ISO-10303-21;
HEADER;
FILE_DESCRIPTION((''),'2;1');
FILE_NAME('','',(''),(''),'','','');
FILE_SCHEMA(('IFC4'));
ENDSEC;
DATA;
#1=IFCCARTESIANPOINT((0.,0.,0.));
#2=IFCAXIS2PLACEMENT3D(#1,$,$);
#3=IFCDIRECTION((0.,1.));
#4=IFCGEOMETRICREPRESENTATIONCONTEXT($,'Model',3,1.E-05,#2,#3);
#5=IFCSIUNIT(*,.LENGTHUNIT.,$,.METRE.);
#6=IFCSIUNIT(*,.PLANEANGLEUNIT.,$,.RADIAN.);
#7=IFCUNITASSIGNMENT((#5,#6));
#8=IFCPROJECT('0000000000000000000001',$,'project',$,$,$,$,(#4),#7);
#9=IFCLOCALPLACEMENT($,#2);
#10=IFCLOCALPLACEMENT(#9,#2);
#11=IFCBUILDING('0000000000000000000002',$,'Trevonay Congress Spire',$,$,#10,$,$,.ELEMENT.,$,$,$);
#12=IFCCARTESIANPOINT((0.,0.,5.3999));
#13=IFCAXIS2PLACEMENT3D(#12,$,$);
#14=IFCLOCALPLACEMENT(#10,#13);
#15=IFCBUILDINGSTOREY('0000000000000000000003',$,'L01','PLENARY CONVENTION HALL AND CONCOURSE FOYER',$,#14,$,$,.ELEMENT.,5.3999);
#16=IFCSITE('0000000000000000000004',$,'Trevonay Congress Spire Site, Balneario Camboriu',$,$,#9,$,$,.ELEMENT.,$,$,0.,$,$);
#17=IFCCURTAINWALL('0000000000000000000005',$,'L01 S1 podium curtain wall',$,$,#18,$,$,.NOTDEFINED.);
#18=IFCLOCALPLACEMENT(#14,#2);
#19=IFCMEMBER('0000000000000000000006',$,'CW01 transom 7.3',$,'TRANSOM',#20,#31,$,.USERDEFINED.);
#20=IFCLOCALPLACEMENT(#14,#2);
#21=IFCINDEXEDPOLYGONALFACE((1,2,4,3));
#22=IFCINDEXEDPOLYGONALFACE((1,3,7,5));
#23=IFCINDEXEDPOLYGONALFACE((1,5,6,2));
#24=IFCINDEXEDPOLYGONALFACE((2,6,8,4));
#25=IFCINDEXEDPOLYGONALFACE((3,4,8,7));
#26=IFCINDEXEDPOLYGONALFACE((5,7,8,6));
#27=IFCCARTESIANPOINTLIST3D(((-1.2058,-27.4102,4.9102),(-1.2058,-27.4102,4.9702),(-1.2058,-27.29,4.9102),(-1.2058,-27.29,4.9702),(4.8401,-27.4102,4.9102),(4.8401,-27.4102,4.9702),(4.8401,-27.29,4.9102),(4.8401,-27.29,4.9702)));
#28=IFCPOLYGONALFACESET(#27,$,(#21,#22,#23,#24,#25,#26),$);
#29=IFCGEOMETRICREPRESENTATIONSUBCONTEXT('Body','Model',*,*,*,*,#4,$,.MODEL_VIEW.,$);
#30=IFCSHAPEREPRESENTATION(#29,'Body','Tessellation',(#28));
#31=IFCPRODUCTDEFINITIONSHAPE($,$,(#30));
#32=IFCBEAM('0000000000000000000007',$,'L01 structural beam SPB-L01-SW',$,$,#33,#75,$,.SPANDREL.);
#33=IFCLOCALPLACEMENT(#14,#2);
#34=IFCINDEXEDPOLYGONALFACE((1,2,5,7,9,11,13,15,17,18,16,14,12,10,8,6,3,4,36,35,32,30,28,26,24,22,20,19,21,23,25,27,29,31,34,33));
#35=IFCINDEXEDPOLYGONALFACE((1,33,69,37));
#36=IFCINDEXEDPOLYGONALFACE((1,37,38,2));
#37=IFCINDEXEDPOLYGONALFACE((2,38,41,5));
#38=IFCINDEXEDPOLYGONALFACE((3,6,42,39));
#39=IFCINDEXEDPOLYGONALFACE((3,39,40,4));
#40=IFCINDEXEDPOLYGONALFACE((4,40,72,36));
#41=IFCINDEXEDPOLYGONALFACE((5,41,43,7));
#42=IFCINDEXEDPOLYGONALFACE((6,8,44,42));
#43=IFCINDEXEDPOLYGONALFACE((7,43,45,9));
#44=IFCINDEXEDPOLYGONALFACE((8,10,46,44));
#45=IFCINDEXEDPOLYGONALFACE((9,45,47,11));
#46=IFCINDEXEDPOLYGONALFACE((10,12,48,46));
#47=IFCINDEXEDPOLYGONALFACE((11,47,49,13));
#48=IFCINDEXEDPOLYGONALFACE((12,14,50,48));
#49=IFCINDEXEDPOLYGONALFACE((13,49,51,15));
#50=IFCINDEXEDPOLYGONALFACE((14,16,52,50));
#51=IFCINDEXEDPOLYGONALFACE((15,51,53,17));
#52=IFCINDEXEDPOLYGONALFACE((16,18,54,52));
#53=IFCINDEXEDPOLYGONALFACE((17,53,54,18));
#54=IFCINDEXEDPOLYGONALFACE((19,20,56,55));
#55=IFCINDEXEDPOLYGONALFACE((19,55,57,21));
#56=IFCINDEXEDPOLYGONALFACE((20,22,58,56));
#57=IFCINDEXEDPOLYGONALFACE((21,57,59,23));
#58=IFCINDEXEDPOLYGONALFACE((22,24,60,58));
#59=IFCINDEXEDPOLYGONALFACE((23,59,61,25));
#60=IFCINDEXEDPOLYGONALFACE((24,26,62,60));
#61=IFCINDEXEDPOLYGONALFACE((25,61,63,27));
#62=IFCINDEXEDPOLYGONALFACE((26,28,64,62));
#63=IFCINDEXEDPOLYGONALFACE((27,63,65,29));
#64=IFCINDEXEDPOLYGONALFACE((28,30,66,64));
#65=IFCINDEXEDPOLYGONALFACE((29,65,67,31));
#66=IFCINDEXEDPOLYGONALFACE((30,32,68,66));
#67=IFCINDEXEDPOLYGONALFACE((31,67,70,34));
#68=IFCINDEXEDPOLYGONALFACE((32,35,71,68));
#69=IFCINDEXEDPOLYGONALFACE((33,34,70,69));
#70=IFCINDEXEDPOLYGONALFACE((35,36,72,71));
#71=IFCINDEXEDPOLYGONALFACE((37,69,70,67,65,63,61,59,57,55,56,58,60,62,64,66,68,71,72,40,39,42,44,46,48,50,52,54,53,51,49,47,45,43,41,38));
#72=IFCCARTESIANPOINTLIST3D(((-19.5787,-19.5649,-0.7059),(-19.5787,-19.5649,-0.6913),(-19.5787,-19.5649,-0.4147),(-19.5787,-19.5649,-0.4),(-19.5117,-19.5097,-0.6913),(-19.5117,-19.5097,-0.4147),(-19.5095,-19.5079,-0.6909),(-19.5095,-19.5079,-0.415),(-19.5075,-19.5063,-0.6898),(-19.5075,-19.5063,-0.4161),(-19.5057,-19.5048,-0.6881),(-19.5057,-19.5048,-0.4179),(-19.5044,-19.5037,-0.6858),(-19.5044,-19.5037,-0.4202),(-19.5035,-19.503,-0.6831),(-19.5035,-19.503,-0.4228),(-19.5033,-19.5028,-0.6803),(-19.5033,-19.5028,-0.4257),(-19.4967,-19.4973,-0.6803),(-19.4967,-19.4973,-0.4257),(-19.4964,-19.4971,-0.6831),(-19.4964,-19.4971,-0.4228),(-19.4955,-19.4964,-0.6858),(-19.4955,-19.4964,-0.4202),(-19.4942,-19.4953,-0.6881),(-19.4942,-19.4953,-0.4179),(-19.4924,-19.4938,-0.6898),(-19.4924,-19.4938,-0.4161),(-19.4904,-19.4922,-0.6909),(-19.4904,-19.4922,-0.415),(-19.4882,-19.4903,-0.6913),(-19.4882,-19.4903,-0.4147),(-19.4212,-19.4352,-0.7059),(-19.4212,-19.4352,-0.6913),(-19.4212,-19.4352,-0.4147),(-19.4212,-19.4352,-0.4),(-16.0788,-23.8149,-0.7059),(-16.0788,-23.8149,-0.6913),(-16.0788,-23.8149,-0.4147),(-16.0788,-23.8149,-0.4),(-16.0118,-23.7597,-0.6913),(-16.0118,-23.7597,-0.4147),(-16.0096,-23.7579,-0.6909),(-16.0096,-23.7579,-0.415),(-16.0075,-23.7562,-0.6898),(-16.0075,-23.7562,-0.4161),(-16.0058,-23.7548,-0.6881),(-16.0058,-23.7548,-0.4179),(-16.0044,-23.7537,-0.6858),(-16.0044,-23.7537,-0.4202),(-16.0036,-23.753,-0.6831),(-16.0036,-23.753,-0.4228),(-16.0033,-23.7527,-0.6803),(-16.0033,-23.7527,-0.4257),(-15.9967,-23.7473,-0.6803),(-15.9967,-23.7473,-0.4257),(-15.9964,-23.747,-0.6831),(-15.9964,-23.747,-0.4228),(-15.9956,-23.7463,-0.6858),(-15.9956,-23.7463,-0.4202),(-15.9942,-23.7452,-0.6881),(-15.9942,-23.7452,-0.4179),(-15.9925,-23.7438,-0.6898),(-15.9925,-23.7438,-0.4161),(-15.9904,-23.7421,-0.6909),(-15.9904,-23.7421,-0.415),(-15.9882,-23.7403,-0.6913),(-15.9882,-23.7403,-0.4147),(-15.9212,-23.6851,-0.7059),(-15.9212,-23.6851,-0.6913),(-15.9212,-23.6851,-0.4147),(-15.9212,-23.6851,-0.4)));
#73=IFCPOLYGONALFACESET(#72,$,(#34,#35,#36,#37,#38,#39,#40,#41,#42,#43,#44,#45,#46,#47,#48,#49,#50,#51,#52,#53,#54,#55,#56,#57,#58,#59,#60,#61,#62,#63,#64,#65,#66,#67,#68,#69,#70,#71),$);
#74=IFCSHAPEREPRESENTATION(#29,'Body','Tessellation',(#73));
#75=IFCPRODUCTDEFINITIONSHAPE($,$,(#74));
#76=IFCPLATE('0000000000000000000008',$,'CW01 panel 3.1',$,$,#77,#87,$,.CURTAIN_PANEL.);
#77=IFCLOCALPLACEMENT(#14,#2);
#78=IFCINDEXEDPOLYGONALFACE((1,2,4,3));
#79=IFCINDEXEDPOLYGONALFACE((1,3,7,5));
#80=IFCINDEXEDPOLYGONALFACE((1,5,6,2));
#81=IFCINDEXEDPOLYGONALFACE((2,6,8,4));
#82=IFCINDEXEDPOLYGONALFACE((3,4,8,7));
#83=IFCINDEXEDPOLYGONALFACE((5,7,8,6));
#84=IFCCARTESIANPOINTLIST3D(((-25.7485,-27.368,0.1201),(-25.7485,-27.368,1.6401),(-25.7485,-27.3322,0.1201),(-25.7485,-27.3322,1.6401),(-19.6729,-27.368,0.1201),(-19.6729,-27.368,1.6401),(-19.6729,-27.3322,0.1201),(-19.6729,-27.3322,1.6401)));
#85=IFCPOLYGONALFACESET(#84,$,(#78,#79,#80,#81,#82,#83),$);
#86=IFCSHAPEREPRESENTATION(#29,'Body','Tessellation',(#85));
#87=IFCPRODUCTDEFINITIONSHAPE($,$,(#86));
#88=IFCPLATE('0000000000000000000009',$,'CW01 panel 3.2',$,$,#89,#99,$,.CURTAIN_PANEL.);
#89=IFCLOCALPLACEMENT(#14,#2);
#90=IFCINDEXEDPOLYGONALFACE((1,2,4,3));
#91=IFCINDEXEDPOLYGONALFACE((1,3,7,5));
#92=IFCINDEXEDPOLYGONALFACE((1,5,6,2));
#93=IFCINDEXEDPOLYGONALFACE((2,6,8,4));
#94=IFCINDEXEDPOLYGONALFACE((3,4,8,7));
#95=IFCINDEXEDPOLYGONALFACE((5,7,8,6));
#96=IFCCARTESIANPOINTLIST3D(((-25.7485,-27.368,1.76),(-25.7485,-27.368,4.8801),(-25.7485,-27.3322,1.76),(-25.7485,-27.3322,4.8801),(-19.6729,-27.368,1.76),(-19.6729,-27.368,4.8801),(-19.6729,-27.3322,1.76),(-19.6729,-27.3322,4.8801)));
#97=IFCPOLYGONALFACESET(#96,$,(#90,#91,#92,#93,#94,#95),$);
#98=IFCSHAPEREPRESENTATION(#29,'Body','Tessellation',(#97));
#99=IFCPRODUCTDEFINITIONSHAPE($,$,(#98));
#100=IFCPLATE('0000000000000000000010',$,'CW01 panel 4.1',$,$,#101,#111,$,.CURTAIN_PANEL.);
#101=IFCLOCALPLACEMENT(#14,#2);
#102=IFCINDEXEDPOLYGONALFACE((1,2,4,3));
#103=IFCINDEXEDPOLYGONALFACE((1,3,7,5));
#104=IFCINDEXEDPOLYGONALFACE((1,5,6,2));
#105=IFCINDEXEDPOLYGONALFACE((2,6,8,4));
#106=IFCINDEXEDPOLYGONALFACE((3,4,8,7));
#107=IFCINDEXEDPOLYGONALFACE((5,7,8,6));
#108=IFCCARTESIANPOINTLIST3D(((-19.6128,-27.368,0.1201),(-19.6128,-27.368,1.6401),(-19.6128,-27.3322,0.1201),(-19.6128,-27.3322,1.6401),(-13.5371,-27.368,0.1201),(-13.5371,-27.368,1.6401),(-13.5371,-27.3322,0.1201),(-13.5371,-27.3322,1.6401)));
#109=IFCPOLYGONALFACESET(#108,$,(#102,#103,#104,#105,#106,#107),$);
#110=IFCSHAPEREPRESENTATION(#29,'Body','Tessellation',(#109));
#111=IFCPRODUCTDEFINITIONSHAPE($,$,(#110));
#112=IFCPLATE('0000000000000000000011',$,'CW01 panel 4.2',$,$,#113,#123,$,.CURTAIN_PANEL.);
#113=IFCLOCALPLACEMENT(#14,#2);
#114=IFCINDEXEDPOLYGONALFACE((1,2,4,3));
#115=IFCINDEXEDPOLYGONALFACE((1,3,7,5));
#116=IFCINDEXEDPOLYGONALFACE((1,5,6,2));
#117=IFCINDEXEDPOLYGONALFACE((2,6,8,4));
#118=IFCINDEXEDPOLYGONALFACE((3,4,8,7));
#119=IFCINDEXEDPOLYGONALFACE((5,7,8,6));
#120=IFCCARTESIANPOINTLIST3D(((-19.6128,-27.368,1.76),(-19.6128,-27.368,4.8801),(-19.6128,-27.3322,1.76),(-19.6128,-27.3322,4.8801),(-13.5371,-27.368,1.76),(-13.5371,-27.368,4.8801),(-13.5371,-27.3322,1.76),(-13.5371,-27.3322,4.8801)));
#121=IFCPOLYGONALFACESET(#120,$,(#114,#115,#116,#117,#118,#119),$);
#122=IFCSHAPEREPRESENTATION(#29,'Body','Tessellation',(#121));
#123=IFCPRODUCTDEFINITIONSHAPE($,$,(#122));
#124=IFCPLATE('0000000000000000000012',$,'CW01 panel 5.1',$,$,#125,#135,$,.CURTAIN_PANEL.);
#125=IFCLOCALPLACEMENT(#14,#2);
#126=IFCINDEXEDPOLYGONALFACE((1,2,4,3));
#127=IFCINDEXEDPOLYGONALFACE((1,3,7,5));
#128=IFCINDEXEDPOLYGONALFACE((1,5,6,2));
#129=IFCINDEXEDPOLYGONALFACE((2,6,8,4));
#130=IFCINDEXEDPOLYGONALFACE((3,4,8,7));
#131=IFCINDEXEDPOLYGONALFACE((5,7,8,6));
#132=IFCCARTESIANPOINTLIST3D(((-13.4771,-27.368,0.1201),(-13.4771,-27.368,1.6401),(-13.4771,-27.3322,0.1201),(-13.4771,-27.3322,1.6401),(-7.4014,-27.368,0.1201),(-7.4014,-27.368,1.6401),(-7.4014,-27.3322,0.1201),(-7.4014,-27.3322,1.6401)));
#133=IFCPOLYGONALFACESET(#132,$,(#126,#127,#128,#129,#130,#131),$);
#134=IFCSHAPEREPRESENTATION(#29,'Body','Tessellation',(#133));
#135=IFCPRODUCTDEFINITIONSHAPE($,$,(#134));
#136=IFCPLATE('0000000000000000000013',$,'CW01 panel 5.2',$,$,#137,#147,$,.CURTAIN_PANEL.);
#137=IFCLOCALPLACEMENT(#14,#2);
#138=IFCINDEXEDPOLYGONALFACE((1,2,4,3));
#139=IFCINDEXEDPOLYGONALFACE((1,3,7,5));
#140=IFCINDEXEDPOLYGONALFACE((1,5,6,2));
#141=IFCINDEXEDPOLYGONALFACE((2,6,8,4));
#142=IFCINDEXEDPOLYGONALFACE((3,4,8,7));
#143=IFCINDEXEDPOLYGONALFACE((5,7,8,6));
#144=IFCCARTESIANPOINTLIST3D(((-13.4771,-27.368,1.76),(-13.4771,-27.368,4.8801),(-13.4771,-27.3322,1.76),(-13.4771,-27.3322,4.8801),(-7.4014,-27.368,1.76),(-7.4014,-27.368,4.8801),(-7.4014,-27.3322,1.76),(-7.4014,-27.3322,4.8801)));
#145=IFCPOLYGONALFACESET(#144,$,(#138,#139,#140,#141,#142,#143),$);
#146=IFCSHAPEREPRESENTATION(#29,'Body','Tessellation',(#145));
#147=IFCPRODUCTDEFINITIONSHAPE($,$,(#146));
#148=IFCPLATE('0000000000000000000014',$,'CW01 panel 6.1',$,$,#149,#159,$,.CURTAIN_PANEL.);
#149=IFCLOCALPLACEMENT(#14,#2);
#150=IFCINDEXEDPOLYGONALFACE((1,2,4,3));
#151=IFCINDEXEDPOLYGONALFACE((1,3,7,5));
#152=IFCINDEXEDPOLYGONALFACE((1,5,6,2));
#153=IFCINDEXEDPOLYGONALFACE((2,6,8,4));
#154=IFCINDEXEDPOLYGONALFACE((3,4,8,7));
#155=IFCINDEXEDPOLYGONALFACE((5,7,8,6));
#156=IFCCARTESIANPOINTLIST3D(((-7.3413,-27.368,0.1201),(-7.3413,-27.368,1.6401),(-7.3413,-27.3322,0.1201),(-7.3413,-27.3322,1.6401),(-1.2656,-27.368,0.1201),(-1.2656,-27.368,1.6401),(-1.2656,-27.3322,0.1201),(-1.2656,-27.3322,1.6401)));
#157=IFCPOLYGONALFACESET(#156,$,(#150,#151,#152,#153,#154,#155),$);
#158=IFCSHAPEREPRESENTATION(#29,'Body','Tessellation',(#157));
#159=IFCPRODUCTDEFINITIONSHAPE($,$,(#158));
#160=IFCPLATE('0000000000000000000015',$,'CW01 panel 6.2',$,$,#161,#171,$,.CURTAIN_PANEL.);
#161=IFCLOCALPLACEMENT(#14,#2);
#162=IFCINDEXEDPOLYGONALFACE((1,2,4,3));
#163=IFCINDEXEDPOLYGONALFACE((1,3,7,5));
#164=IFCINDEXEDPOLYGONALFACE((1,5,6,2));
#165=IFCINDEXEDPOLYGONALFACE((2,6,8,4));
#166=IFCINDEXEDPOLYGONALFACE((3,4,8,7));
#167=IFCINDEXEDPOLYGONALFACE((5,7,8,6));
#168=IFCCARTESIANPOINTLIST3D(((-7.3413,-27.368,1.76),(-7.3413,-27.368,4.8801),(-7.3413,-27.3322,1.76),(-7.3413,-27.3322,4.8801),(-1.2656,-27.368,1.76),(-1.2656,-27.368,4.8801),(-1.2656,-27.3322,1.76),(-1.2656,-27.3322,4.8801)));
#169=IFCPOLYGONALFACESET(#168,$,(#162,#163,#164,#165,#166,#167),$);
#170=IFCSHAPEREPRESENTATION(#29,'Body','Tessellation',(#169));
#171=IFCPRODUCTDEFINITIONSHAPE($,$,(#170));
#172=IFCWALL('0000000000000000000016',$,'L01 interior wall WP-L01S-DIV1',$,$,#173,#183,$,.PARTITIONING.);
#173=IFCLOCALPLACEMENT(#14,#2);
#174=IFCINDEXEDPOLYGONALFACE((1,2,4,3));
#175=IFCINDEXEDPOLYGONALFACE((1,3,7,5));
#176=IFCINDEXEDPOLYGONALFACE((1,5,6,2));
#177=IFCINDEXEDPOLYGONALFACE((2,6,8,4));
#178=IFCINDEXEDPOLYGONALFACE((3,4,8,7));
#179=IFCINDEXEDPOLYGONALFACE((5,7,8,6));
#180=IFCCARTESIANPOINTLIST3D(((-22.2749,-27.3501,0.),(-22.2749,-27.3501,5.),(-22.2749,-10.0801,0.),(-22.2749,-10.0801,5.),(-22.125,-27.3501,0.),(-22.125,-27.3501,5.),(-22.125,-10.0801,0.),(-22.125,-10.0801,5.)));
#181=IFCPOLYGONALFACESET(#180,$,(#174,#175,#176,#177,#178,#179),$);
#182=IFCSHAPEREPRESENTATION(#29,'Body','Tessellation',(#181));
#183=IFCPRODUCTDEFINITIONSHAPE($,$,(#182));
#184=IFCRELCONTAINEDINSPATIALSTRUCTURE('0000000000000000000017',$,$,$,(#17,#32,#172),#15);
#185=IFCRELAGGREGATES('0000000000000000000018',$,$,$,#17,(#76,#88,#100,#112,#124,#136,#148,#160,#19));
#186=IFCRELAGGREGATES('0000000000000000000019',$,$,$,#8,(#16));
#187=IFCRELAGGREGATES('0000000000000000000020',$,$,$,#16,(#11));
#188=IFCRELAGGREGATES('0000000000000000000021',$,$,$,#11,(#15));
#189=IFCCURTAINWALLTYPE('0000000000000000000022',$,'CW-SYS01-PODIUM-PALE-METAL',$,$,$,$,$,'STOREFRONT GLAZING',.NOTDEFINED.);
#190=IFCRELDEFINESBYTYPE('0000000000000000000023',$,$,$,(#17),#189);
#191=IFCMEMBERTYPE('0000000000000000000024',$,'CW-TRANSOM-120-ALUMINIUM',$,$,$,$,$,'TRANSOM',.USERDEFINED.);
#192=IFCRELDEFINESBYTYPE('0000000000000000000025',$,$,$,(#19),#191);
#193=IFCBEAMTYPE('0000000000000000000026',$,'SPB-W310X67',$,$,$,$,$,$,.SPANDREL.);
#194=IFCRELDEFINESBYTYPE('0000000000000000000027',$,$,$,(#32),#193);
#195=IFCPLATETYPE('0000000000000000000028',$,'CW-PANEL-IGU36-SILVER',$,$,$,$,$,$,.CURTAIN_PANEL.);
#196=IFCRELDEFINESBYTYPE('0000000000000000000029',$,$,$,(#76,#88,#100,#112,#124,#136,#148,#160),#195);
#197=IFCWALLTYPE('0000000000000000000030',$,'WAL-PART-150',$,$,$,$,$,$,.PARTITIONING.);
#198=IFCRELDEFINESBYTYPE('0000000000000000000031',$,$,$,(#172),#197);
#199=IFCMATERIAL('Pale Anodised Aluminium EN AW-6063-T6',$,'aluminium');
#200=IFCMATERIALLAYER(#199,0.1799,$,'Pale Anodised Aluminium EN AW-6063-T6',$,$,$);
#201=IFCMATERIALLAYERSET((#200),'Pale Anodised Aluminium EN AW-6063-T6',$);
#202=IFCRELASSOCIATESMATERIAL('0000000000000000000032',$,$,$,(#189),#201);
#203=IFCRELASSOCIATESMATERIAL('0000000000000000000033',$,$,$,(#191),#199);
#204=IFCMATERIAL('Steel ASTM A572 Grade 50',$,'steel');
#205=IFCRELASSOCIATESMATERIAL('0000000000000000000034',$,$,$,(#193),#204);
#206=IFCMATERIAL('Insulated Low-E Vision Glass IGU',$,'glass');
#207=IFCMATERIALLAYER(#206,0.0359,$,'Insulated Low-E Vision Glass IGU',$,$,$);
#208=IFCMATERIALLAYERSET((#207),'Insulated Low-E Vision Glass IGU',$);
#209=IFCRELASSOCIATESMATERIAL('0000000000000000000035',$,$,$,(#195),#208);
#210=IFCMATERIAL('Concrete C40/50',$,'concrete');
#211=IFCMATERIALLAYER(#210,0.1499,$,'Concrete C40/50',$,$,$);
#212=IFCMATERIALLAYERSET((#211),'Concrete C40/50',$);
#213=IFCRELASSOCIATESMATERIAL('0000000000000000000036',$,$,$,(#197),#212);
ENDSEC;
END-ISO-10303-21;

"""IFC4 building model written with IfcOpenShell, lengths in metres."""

from ifc_helpers import new_model, si_unit, direction, frame, frame_2d, origin, origin_2d, place, context, subcontext, project, spatial, rectangle, i_section, extrude, material, layer, layer_set, material_profile, profile_set, type_object, element, aggregate, save


model = new_model("IFC4")

# Units and contexts
model_context = context("Model", 3, precision=1e-05, world=origin(), true_north=direction((0.0, 1.0)))
body_context = subcontext(model_context, "Body", "Model", "MODEL_VIEW")
ifc_project = project(units=[si_unit("LENGTHUNIT", "METRE"), si_unit("PLANEANGLEUNIT", "RADIAN")], contexts=[model_context])

# Site, building, storey
site_placement = place(None, origin())
site = spatial("IfcSite", under=ifc_project, at=site_placement, Name="Trevonay Congress Spire Site, Balneario Camboriu", CompositionType="ELEMENT", RefElevation=0.0)
building_placement = place(site_placement, origin())
building = spatial("IfcBuilding", under=site, at=building_placement, Name="Trevonay Congress Spire", CompositionType="ELEMENT")
storey_placement = place(building_placement, frame((0.0, 0.0, 5.3999)))
storey = spatial("IfcBuildingStorey", under=building, at=storey_placement, Name="L01", Description="PLENARY CONVENTION HALL AND CONCOURSE FOYER", CompositionType="ELEMENT", Elevation=5.3999)

# Shared definitions
ifc_material_1 = material(Name="Steel ASTM A572 Grade 50", Category="steel")

# Curtain wall, member
ifc_material_2 = material(Name="Pale Anodised Aluminium EN AW-6063-T6", Category="aluminium")
ifc_layer_1 = layer(ifc_material_2, 0.1799, Name="Pale Anodised Aluminium EN AW-6063-T6")
ifc_layer_set_1 = layer_set([ifc_layer_1], Name="Pale Anodised Aluminium EN AW-6063-T6")
curtain_wall_type = type_object("IfcCurtainWallType", Name="CW-SYS01-PODIUM-PALE-METAL", ElementType="STOREFRONT GLAZING", PredefinedType="NOTDEFINED", material=ifc_layer_set_1)
curtain_wall_placement = place(storey_placement, origin())
curtain_wall = element("IfcCurtainWall", 1, at=curtain_wall_placement, inside=storey, type_object=curtain_wall_type, Name="L01 S1 podium curtain wall", PredefinedType="NOTDEFINED")
ifc_material_profile_1 = material_profile(ifc_material_2, rectangle(XDim=0.1201, YDim=0.0601, at=origin_2d()), Name="CW-TRANSOM-120-ALUMINIUM")
ifc_profile_set_1 = profile_set([ifc_material_profile_1], Name="Pale Anodised Aluminium EN AW-6063-T6")
member_type_1 = type_object("IfcMemberType", Name="CW-TRANSOM-120-ALUMINIUM", ElementType="TRANSOM", PredefinedType="USERDEFINED", material=ifc_profile_set_1)
member_1_placement = place(storey_placement, frame((-1.2058, -27.3501, 4.9402), z_axis=(1.0, 0.0, 0.0), x_axis=(0.0, 1.0, 0.0)))
member_1 = element("IfcMember", 2, at=member_1_placement, type_object=member_type_1, Name="CW01 transom 7.3", ObjectType="TRANSOM", PredefinedType="USERDEFINED", context=body_context, shape_type="SweptSolid", body=[
    extrude(rectangle(XDim=0.1201, YDim=0.0601, at=origin_2d()), origin(), (0.0, 0.0, 1.0), 6.0459),
])

# Beam
ifc_material_profile_2 = material_profile(ifc_material_1, i_section(OverallWidth=0.2041, OverallDepth=0.3059, WebThickness=0.0085, FlangeThickness=0.0146, FilletRadius=0.011, at=origin_2d()), Name="W310x67")
ifc_profile_set_2 = profile_set([ifc_material_profile_2], Name="Steel ASTM A572 Grade 50")
beam_type_1 = type_object("IfcBeamType", Name="SPB-W310X67", PredefinedType="SPANDREL", material=ifc_profile_set_2)
beam_1_placement = place(storey_placement, frame((-16.0, -23.75, -0.553), z_axis=(-0.635707, 0.77193, 0.0), x_axis=(-0.77193, -0.635707, 0.0)))
element("IfcBeam", 3, at=beam_1_placement, inside=storey, type_object=beam_type_1, Name="L01 structural beam SPB-L01-SW", PredefinedType="SPANDREL", context=body_context, shape_type="SweptSolid", body=[
    extrude(i_section(OverallWidth=0.2041, OverallDepth=0.3059, WebThickness=0.0085, FlangeThickness=0.0146, FilletRadius=0.011, at=origin_2d()), origin(), (0.0, 0.0, 1.0), 5.5056),
])

# Plates
ifc_material_3 = material(Name="Insulated Low-E Vision Glass IGU", Category="glass")
ifc_layer_2 = layer(ifc_material_3, 0.0359, Name="Insulated Low-E Vision Glass IGU")
ifc_layer_set_2 = layer_set([ifc_layer_2], Name="Insulated Low-E Vision Glass IGU")
plate_type = type_object("IfcPlateType", Name="CW-PANEL-IGU36-SILVER", PredefinedType="CURTAIN_PANEL", material=ifc_layer_set_2)
plate_1_placement = place(storey_placement, frame((-22.7107, -27.3501, 0.1201), z_axis=(0.0, 0.0, 1.0), x_axis=(1.0, 0.0, 0.0)))
plate_1 = element("IfcPlate", 4, at=plate_1_placement, type_object=plate_type, Name="CW01 panel 3.1", PredefinedType="CURTAIN_PANEL", context=body_context, shape_type="SweptSolid", body=[
    extrude(rectangle(XDim=6.0757, YDim=0.0359, at=origin_2d()), origin(), (0.0, 0.0, 1.0), 1.52),
])
plate_2_placement = place(storey_placement, frame((-22.7107, -27.3501, 1.76), z_axis=(0.0, 0.0, 1.0), x_axis=(1.0, 0.0, 0.0)))
plate_2 = element("IfcPlate", 5, at=plate_2_placement, type_object=plate_type, Name="CW01 panel 3.2", PredefinedType="CURTAIN_PANEL", context=body_context, shape_type="SweptSolid", body=[
    extrude(rectangle(XDim=6.0757, YDim=0.0359, at=origin_2d()), origin(), (0.0, 0.0, 1.0), 3.1201),
])
plate_3_placement = place(storey_placement, frame((-16.575, -27.3501, 0.1201), z_axis=(0.0, 0.0, 1.0), x_axis=(1.0, 0.0, 0.0)))
plate_3 = element("IfcPlate", 6, at=plate_3_placement, type_object=plate_type, Name="CW01 panel 4.1", PredefinedType="CURTAIN_PANEL", context=body_context, shape_type="SweptSolid", body=[
    extrude(rectangle(XDim=6.0757, YDim=0.0359, at=origin_2d()), origin(), (0.0, 0.0, 1.0), 1.52),
])
plate_4_placement = place(storey_placement, frame((-16.575, -27.3501, 1.76), z_axis=(0.0, 0.0, 1.0), x_axis=(1.0, 0.0, 0.0)))
plate_4 = element("IfcPlate", 7, at=plate_4_placement, type_object=plate_type, Name="CW01 panel 4.2", PredefinedType="CURTAIN_PANEL", context=body_context, shape_type="SweptSolid", body=[
    extrude(rectangle(XDim=6.0757, YDim=0.0359, at=origin_2d()), origin(), (0.0, 0.0, 1.0), 3.1201),
])
plate_5_placement = place(storey_placement, frame((-10.4392, -27.3501, 0.1201), z_axis=(0.0, 0.0, 1.0), x_axis=(1.0, 0.0, 0.0)))
plate_5 = element("IfcPlate", 8, at=plate_5_placement, type_object=plate_type, Name="CW01 panel 5.1", PredefinedType="CURTAIN_PANEL", context=body_context, shape_type="SweptSolid", body=[
    extrude(rectangle(XDim=6.0757, YDim=0.0359, at=origin_2d()), origin(), (0.0, 0.0, 1.0), 1.52),
])
plate_6_placement = place(storey_placement, frame((-10.4392, -27.3501, 1.76), z_axis=(0.0, 0.0, 1.0), x_axis=(1.0, 0.0, 0.0)))
plate_6 = element("IfcPlate", 9, at=plate_6_placement, type_object=plate_type, Name="CW01 panel 5.2", PredefinedType="CURTAIN_PANEL", context=body_context, shape_type="SweptSolid", body=[
    extrude(rectangle(XDim=6.0757, YDim=0.0359, at=origin_2d()), origin(), (0.0, 0.0, 1.0), 3.1201),
])
plate_7_placement = place(storey_placement, frame((-4.3035, -27.3501, 0.1201), z_axis=(0.0, 0.0, 1.0), x_axis=(1.0, 0.0, 0.0)))
plate_7 = element("IfcPlate", 10, at=plate_7_placement, type_object=plate_type, Name="CW01 panel 6.1", PredefinedType="CURTAIN_PANEL", context=body_context, shape_type="SweptSolid", body=[
    extrude(rectangle(XDim=6.0757, YDim=0.0359, at=origin_2d()), origin(), (0.0, 0.0, 1.0), 1.52),
])
plate_8_placement = place(storey_placement, frame((-4.3035, -27.3501, 1.76), z_axis=(0.0, 0.0, 1.0), x_axis=(1.0, 0.0, 0.0)))
plate_8 = element("IfcPlate", 11, at=plate_8_placement, type_object=plate_type, Name="CW01 panel 6.2", PredefinedType="CURTAIN_PANEL", context=body_context, shape_type="SweptSolid", body=[
    extrude(rectangle(XDim=6.0757, YDim=0.0359, at=origin_2d()), origin(), (0.0, 0.0, 1.0), 3.1201),
])
aggregate(curtain_wall, [plate_1, plate_2, plate_3, plate_4, plate_5, plate_6, plate_7, plate_8, member_1])

# Wall
ifc_material_4 = material(Name="Concrete C40/50", Category="concrete")
ifc_layer_3 = layer(ifc_material_4, 0.1499, Name="Concrete C40/50")
ifc_layer_set_3 = layer_set([ifc_layer_3], Name="Concrete C40/50")
wall_type = type_object("IfcWallType", Name="WAL-PART-150", PredefinedType="PARTITIONING", material=ifc_layer_set_3)
wall_placement = place(storey_placement, frame((-22.2, -27.3501, 0.0), z_axis=(0.0, 0.0, 1.0), x_axis=(0.0, 1.0, 0.0)))
element("IfcWall", 12, at=wall_placement, inside=storey, type_object=wall_type, Name="L01 interior wall WP-L01S-DIV1", PredefinedType="PARTITIONING", context=body_context, shape_type="SweptSolid", body=[
    extrude(rectangle(XDim=17.27, YDim=0.1499, at=frame_2d((8.635, 0.0))), origin(), (0.0, 0.0, 1.0), 5.0),
])

save(model, "model.ifc")
